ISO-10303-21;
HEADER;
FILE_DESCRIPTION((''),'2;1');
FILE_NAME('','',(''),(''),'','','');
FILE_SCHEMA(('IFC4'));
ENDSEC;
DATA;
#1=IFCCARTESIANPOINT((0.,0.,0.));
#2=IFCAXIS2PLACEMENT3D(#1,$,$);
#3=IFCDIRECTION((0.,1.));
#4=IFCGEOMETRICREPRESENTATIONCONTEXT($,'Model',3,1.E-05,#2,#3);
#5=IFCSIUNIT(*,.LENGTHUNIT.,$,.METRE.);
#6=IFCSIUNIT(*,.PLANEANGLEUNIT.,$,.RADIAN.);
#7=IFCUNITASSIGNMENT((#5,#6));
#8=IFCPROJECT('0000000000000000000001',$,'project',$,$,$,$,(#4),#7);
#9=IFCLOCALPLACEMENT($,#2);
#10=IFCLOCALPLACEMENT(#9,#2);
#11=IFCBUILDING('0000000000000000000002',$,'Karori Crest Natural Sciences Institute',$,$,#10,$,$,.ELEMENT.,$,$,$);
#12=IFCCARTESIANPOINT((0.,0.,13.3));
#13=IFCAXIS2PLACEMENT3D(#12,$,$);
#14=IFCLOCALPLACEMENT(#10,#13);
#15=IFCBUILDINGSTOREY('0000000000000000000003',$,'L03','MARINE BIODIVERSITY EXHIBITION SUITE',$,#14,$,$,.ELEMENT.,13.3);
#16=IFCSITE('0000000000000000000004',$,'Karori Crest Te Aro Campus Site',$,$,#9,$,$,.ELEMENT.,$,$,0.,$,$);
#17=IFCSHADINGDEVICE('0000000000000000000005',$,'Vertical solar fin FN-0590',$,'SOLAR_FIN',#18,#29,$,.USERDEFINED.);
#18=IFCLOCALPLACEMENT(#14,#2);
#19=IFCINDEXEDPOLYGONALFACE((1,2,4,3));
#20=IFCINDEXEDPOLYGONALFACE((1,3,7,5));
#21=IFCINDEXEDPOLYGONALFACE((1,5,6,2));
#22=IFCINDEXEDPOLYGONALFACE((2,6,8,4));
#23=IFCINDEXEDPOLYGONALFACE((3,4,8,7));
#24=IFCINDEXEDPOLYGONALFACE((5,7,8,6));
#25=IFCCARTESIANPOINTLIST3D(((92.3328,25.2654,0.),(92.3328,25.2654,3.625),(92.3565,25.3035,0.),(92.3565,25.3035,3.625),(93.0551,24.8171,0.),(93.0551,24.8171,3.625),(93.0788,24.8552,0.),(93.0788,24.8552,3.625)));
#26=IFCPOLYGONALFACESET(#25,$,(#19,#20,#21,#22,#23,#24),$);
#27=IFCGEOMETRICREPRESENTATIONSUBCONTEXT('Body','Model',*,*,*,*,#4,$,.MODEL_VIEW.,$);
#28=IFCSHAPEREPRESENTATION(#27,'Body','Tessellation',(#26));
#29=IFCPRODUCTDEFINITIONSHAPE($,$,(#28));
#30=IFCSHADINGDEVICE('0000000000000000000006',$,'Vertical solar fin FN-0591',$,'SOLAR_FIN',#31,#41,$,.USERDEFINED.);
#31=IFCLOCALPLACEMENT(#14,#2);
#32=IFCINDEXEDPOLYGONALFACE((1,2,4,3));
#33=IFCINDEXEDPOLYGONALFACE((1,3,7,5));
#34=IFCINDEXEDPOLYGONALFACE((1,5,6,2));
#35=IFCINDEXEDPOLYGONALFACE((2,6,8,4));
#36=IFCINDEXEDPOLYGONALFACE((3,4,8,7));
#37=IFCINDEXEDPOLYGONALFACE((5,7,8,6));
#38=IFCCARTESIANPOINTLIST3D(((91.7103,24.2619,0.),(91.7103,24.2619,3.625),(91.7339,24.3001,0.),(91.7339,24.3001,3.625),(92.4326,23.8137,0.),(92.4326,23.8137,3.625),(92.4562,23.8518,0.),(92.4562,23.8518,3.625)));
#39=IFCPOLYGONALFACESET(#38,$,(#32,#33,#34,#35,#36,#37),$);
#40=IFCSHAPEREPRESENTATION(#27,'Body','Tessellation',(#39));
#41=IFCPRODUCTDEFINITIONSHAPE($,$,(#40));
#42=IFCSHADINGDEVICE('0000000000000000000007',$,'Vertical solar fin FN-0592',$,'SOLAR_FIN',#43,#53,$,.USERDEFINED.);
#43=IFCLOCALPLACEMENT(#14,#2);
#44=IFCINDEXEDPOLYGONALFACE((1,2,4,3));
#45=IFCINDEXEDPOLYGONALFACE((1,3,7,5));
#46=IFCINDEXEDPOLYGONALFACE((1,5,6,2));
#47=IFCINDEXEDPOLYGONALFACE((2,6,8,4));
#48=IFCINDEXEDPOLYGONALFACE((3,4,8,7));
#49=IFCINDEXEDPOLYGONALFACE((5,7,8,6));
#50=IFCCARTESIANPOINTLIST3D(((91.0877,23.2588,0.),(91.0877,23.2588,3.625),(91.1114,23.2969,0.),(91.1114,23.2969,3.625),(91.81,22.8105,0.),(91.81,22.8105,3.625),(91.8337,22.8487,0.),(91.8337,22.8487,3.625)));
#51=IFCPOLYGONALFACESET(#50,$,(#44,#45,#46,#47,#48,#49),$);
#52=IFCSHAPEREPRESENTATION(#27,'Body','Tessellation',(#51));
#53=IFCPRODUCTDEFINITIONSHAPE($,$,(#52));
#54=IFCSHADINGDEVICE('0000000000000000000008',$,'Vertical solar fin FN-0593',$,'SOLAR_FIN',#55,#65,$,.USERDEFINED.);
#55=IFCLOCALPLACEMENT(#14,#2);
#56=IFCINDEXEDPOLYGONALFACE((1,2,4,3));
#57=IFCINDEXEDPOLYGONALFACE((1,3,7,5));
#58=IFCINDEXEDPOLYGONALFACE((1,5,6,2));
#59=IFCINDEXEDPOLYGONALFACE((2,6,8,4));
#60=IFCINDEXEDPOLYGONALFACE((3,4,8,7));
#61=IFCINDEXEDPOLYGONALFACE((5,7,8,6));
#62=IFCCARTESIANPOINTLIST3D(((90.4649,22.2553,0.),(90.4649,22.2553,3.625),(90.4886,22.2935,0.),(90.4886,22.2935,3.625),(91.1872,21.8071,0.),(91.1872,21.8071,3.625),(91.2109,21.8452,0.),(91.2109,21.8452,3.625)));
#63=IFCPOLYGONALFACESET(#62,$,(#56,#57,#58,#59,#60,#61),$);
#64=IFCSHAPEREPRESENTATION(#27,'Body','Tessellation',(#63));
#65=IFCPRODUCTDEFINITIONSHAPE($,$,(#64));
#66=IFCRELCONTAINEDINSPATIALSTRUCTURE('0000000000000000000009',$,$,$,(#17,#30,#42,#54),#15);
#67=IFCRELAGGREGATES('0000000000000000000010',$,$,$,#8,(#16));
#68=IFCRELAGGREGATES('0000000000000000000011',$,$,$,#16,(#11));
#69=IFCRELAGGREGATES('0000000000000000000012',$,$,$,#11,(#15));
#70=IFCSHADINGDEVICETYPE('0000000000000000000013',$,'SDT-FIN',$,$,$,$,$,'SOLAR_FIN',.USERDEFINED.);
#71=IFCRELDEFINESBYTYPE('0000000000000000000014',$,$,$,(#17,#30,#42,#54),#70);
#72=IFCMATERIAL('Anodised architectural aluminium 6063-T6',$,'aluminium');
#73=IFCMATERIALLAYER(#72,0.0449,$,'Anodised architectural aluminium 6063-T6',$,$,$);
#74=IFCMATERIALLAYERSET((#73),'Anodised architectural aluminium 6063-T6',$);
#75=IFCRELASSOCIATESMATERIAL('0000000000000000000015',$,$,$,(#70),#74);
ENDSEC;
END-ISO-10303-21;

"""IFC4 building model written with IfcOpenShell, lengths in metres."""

from ifc_helpers import new_model, si_unit, direction, frame, origin, origin_2d, place, context, subcontext, project, spatial, rectangle, extrude, material, layer, layer_set, type_object, element, save


model = new_model("IFC4")

# Units and contexts
model_context = context("Model", 3, precision=1e-05, world=origin(), true_north=direction((0.0, 1.0)))
body_context = subcontext(model_context, "Body", "Model", "MODEL_VIEW")
ifc_project = project(units=[si_unit("LENGTHUNIT", "METRE"), si_unit("PLANEANGLEUNIT", "RADIAN")], contexts=[model_context])

# Site, building, storey
site_placement = place(None, origin())
site = spatial("IfcSite", under=ifc_project, at=site_placement, Name="Karori Crest Te Aro Campus Site", CompositionType="ELEMENT", RefElevation=0.0)
building_placement = place(site_placement, origin())
building = spatial("IfcBuilding", under=site, at=building_placement, Name="Karori Crest Natural Sciences Institute", CompositionType="ELEMENT")
storey_placement = place(building_placement, frame((0.0, 0.0, 13.3)))
storey = spatial("IfcBuildingStorey", under=building, at=storey_placement, Name="L03", Description="MARINE BIODIVERSITY EXHIBITION SUITE", CompositionType="ELEMENT", Elevation=13.3)

# Shared definitions
ifc_material_1 = material(Name="Anodised architectural aluminium 6063-T6", Category="aluminium")

# Shading devices
ifc_layer_1 = layer(ifc_material_1, 0.0449, Name="Anodised architectural aluminium 6063-T6")
ifc_layer_set_1 = layer_set([ifc_layer_1], Name="Anodised architectural aluminium 6063-T6")
shading_device_type = type_object("IfcShadingDeviceType", Name="SDT-FIN", ElementType="SOLAR_FIN", PredefinedType="USERDEFINED", material=ifc_layer_set_1)
for number, where, z_axis, x_axis, name in (
    (1, (92.7058, 25.0603, 0.0), (0.0, 0.0, 1.0), (0.849665, -0.527324, 0.0), "Vertical solar fin FN-0590"),
    (2, (92.0833, 24.0569, 0.0), (0.0, 0.0, 1.0), (0.849665, -0.527324, 0.0), "Vertical solar fin FN-0591"),
    (3, (91.4607, 23.0537, 0.0), (0.0, 0.0, 1.0), (0.849665, -0.527324, 0.0), "Vertical solar fin FN-0592"),
    (4, (90.8379, 22.0503, 0.0), (0.0, 0.0, 1.0), (0.849665, -0.527324, 0.0), "Vertical solar fin FN-0593"),
):
    element("IfcShadingDevice", number, at=place(storey_placement, frame(where, z_axis=z_axis, x_axis=x_axis)), inside=storey, type_object=shading_device_type, Name=name, ObjectType="SOLAR_FIN", PredefinedType="USERDEFINED", context=body_context, shape_type="SweptSolid", body=[
        extrude(rectangle(XDim=0.8501, YDim=0.0449, at=origin_2d()), origin(), (0.0, 0.0, 1.0), 3.625),
    ])

save(model, "model.ifc")
